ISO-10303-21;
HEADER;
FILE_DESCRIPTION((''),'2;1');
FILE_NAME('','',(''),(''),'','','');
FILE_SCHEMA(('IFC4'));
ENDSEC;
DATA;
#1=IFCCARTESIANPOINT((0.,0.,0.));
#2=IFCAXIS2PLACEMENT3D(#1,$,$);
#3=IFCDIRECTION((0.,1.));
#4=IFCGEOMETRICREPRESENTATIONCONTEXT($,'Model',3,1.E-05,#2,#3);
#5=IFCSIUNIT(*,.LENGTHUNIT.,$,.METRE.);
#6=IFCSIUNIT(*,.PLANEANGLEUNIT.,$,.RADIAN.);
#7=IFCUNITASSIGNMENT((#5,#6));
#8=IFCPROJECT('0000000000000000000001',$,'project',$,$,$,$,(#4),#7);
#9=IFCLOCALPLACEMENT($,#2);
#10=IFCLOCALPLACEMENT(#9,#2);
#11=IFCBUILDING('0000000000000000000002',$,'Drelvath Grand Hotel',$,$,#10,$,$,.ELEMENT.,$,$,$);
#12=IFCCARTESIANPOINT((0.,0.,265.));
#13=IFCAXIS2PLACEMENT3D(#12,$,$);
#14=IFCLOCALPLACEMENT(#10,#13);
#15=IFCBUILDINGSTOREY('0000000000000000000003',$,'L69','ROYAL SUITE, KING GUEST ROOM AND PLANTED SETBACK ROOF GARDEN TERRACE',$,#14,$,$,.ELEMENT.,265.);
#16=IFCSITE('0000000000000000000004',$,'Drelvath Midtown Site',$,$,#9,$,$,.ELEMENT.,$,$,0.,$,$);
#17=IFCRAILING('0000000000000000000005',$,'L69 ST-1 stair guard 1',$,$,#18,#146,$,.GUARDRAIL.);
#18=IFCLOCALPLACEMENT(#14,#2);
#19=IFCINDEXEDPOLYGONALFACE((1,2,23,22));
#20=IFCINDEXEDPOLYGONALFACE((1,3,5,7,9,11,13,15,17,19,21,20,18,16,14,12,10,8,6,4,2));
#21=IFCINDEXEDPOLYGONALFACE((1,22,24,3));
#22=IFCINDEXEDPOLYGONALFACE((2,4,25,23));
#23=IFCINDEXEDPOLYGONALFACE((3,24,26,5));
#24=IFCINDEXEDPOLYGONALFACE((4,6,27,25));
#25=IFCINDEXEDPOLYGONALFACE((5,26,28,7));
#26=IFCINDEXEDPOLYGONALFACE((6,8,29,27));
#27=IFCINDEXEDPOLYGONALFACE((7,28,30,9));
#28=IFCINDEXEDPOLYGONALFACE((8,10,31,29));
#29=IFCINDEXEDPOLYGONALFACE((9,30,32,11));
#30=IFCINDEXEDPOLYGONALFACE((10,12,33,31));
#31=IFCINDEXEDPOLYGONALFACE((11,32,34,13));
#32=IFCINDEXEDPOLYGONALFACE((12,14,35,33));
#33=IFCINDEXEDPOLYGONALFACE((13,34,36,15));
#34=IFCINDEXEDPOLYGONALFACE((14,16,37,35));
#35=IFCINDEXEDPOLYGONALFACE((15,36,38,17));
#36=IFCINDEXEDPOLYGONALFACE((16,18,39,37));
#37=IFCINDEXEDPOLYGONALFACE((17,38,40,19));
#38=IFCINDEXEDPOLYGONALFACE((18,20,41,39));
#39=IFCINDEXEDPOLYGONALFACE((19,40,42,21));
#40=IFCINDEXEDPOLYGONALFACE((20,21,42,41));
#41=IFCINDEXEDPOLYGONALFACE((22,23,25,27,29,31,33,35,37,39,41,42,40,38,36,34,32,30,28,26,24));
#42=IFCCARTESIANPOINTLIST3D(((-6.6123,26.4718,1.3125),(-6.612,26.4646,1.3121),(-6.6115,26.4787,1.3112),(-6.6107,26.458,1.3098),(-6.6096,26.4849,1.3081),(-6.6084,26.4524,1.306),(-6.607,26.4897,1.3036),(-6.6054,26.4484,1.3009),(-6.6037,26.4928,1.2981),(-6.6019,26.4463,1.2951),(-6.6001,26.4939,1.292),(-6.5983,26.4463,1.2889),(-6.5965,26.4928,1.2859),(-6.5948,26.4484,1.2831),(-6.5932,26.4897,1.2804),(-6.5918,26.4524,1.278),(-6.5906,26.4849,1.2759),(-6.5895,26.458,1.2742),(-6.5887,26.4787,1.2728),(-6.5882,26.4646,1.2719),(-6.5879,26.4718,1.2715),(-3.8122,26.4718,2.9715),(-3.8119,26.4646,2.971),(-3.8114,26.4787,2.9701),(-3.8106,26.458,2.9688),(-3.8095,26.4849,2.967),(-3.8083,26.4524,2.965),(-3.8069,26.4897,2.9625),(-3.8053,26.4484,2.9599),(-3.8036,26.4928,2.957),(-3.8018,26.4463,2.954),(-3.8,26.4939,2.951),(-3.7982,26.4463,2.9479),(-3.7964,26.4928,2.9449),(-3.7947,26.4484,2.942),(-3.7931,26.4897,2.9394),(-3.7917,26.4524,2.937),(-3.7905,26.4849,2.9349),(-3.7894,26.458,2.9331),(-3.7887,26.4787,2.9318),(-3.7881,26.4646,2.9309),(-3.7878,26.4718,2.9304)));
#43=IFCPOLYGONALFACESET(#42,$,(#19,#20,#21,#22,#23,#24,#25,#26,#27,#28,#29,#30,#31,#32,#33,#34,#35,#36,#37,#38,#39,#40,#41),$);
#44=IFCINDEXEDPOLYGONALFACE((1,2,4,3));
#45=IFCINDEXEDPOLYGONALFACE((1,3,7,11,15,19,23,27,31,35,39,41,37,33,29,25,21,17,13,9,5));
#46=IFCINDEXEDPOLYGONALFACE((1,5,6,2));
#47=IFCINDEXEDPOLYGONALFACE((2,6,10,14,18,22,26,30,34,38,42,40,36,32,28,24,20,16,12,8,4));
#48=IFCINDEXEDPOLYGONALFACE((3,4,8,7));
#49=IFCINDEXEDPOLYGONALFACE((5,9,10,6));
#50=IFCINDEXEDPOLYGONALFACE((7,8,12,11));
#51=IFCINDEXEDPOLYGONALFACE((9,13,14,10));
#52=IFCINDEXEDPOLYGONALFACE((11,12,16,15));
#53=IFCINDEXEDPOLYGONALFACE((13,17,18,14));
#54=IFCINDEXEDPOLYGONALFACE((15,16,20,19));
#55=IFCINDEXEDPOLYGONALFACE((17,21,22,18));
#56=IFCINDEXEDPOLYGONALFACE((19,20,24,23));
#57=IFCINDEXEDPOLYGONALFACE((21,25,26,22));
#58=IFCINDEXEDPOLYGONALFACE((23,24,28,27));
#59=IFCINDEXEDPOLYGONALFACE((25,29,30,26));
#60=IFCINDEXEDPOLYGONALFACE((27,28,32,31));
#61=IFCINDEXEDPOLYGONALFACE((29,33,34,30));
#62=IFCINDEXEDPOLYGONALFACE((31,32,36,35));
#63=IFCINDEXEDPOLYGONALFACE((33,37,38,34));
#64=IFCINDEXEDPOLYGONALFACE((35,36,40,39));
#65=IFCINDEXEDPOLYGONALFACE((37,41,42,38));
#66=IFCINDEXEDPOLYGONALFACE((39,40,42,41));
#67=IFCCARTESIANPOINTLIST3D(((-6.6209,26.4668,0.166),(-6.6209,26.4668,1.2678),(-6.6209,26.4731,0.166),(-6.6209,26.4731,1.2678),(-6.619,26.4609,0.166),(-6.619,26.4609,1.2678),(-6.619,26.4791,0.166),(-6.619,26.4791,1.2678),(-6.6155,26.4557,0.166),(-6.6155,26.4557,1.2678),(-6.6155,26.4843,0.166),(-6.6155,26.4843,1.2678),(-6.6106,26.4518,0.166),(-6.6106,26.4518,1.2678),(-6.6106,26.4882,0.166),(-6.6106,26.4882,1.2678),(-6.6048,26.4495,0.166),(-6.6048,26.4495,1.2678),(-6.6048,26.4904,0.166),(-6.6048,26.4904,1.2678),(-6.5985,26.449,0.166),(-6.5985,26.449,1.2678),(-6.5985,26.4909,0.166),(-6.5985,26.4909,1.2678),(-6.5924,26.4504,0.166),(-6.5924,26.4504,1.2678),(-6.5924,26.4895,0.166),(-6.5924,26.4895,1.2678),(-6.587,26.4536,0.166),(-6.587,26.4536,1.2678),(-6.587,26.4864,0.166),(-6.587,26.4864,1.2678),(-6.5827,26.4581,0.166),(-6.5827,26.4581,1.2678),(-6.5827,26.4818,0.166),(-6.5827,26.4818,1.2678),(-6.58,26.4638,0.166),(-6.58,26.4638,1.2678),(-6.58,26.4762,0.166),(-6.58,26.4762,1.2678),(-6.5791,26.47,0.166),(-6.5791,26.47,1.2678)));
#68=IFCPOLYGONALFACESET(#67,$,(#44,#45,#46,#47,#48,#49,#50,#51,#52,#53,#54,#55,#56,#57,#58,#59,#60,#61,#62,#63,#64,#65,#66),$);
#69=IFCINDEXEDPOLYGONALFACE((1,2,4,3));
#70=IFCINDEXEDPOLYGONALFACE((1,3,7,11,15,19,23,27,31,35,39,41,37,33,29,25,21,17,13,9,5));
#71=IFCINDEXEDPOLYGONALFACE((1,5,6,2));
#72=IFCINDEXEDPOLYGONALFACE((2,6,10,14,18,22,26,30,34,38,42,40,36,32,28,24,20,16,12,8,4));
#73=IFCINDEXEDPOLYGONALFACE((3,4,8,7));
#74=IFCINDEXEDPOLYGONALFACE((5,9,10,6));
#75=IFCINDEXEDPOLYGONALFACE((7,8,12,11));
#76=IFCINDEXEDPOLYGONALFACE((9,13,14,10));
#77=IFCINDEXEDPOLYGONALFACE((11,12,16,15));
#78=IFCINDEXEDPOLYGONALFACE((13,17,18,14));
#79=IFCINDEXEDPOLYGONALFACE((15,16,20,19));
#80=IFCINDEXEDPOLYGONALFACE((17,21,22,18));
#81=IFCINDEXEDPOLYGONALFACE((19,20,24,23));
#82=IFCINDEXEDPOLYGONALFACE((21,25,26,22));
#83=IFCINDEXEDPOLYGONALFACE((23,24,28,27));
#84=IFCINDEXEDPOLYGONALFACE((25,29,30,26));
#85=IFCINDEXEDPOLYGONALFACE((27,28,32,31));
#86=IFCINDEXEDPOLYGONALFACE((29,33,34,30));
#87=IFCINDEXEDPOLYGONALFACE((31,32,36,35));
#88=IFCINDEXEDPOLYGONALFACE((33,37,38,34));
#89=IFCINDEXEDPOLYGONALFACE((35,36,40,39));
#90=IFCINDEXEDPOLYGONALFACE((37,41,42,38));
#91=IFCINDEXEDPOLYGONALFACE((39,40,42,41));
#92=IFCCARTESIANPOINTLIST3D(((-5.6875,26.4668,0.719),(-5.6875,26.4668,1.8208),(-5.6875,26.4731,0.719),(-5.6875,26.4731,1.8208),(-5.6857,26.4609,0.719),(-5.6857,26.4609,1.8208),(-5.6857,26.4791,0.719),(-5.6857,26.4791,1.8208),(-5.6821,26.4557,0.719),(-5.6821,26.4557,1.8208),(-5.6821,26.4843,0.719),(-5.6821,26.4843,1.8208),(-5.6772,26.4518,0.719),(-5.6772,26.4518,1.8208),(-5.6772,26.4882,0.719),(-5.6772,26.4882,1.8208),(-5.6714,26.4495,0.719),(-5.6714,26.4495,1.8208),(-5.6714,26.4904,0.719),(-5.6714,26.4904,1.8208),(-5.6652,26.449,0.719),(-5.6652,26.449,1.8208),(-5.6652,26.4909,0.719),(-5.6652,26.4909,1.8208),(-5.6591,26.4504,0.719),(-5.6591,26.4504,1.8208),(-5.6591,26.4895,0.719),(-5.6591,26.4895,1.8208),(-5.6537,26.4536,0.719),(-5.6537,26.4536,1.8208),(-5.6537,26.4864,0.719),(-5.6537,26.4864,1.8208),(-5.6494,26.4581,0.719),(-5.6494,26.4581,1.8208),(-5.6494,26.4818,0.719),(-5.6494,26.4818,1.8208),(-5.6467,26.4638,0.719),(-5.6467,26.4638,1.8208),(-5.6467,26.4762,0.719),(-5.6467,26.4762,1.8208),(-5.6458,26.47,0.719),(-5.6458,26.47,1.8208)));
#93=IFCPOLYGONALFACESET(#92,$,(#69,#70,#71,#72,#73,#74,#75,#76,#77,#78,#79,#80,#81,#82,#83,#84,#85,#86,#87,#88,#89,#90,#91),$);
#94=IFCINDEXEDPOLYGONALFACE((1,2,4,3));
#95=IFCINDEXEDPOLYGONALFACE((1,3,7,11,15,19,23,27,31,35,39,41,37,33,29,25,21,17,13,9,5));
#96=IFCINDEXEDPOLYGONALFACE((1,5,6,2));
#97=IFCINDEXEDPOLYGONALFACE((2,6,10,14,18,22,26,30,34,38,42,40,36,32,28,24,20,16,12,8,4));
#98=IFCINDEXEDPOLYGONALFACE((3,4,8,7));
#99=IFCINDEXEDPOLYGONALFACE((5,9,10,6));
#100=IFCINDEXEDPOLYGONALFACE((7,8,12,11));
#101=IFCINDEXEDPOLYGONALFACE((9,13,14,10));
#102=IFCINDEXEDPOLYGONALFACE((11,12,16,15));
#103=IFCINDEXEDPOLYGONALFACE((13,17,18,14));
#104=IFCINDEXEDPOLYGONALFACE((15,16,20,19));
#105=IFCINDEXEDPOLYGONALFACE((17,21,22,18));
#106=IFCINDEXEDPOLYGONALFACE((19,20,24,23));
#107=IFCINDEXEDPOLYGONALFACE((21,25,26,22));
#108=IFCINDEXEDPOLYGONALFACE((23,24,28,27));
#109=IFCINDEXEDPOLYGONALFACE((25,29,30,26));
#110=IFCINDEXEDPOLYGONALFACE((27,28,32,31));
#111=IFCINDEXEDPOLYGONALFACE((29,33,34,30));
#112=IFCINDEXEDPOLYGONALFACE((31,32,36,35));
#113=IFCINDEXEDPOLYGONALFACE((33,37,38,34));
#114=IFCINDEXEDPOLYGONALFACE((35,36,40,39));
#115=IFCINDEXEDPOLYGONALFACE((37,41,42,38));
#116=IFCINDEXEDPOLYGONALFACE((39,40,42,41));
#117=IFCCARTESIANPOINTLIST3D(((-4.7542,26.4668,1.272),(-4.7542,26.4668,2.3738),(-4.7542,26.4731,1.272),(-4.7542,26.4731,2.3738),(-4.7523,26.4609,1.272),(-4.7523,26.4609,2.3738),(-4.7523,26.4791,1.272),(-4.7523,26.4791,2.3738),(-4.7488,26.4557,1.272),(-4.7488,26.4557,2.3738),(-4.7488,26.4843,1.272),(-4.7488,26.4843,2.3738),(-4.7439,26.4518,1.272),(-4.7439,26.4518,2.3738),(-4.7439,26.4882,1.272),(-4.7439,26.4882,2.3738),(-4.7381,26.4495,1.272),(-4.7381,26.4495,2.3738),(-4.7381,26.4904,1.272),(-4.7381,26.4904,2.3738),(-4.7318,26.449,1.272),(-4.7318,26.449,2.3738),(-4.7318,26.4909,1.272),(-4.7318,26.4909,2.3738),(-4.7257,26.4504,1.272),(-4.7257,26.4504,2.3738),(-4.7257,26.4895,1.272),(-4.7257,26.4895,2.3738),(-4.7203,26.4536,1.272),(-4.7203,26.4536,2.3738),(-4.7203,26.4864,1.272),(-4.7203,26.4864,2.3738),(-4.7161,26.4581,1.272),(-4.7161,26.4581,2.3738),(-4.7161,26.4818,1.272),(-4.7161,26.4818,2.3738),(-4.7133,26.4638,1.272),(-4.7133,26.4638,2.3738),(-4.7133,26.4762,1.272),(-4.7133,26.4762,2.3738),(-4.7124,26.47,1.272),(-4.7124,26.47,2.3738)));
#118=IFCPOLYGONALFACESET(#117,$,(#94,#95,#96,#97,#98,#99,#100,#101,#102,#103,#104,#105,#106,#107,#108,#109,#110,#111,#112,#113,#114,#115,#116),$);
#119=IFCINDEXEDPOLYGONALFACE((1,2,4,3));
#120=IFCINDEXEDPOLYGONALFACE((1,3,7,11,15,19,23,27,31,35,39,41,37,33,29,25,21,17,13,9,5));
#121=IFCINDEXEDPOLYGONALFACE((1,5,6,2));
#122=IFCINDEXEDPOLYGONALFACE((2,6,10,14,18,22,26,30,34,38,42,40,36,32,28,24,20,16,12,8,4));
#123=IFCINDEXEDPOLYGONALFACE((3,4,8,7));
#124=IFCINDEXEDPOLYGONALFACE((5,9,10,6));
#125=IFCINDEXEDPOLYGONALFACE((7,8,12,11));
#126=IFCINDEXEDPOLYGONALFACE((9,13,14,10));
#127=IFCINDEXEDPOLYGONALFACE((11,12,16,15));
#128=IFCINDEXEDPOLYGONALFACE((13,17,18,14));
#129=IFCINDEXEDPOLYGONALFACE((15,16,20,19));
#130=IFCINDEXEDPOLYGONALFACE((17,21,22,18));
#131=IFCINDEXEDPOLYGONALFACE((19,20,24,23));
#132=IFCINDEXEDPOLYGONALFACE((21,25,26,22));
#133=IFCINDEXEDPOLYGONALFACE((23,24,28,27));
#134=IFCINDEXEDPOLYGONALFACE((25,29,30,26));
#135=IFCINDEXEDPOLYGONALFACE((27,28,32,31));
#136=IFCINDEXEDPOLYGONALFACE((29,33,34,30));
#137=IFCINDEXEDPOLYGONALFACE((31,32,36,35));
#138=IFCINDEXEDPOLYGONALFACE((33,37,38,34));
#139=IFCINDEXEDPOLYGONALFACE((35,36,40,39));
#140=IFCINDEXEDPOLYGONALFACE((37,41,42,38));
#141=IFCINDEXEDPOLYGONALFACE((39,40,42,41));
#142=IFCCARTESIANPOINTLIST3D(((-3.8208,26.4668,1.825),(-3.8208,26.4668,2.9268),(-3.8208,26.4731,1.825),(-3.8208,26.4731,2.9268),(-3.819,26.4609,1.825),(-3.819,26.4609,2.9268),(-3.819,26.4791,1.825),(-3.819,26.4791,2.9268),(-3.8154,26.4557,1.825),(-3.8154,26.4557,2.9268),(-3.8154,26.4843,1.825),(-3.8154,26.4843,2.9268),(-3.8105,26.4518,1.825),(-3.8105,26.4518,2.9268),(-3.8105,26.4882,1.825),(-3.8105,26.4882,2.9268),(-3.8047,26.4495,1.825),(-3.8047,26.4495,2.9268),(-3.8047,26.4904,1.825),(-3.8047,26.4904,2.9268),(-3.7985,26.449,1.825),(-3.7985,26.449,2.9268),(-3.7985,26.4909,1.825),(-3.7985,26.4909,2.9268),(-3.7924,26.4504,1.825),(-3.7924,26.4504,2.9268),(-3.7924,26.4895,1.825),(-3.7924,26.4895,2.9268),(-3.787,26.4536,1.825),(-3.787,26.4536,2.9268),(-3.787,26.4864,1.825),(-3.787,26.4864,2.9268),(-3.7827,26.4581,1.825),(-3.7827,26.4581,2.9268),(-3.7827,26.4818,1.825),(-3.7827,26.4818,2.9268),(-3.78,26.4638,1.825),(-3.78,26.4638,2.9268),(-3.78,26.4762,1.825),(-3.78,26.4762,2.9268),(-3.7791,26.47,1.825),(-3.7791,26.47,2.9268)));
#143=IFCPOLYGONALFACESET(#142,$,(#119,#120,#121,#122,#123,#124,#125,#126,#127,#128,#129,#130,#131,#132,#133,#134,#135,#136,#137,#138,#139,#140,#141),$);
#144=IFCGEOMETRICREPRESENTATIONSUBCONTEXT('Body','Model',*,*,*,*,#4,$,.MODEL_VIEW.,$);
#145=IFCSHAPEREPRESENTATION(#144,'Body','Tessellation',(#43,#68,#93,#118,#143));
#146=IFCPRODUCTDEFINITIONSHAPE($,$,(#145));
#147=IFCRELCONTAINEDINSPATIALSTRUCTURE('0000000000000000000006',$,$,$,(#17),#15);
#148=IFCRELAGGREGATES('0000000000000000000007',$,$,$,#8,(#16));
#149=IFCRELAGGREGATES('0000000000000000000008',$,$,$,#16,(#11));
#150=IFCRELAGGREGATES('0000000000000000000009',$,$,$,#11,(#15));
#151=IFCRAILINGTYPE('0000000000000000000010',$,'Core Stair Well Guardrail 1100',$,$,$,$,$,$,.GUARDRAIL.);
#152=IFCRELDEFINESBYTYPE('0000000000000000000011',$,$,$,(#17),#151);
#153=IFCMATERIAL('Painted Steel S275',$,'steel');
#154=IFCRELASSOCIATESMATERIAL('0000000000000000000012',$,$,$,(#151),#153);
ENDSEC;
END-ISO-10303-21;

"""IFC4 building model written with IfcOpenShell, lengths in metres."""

from ifc_helpers import new_model, si_unit, direction, frame, origin, origin_2d, place, context, subcontext, project, spatial, circle, extrude, material, type_object, element, save


model = new_model("IFC4")

# Units and contexts
model_context = context("Model", 3, precision=1e-05, world=origin(), true_north=direction((0.0, 1.0)))
body_context = subcontext(model_context, "Body", "Model", "MODEL_VIEW")
ifc_project = project(units=[si_unit("LENGTHUNIT", "METRE"), si_unit("PLANEANGLEUNIT", "RADIAN")], contexts=[model_context])

# Site, building, storey
site_placement = place(None, origin())
site = spatial("IfcSite", under=ifc_project, at=site_placement, Name="Drelvath Midtown Site", CompositionType="ELEMENT", RefElevation=0.0)
building_placement = place(site_placement, origin())
building = spatial("IfcBuilding", under=site, at=building_placement, Name="Drelvath Grand Hotel", CompositionType="ELEMENT")
storey_placement = place(building_placement, frame((0.0, 0.0, 265.0)))
storey = spatial("IfcBuildingStorey", under=building, at=storey_placement, Name="L69", Description="ROYAL SUITE, KING GUEST ROOM AND PLANTED SETBACK ROOF GARDEN TERRACE", CompositionType="ELEMENT", Elevation=265.0)

# Shared definitions
ifc_material_1 = material(Name="Painted Steel S275", Category="steel")

# Railing
railing_type_1 = type_object("IfcRailingType", Name="Core Stair Well Guardrail 1100", PredefinedType="GUARDRAIL", material=ifc_material_1)
railing_1_placement = place(storey_placement, frame((-6.6001, 26.47, 0.166)))
element("IfcRailing", 1, at=railing_1_placement, inside=storey, type_object=railing_type_1, Name="L69 ST-1 stair guard 1", PredefinedType="GUARDRAIL", context=body_context, shape_type="SweptSolid", body=[
    extrude(circle(Radius=0.0239, at=origin_2d()), frame((0.0, 0.0, 1.126), z_axis=(0.860339, 0.0, 0.509722), x_axis=(0.0, 1.0, 0.0)), (0.0, 0.0, 1.0), 3.2546),
    extrude(circle(Radius=0.021, at=origin_2d()), origin(), (0.0, 0.0, 1.0), 1.1018),
    extrude(circle(Radius=0.021, at=origin_2d()), frame((0.9333, 0.0, 0.553)), (0.0, 0.0, 1.0), 1.1018),
    extrude(circle(Radius=0.021, at=origin_2d()), frame((1.8667, 0.0, 1.106)), (0.0, 0.0, 1.0), 1.1018),
    extrude(circle(Radius=0.021, at=origin_2d()), frame((2.8, 0.0, 1.6589)), (0.0, 0.0, 1.0), 1.1018),
])

save(model, "model.ifc")
